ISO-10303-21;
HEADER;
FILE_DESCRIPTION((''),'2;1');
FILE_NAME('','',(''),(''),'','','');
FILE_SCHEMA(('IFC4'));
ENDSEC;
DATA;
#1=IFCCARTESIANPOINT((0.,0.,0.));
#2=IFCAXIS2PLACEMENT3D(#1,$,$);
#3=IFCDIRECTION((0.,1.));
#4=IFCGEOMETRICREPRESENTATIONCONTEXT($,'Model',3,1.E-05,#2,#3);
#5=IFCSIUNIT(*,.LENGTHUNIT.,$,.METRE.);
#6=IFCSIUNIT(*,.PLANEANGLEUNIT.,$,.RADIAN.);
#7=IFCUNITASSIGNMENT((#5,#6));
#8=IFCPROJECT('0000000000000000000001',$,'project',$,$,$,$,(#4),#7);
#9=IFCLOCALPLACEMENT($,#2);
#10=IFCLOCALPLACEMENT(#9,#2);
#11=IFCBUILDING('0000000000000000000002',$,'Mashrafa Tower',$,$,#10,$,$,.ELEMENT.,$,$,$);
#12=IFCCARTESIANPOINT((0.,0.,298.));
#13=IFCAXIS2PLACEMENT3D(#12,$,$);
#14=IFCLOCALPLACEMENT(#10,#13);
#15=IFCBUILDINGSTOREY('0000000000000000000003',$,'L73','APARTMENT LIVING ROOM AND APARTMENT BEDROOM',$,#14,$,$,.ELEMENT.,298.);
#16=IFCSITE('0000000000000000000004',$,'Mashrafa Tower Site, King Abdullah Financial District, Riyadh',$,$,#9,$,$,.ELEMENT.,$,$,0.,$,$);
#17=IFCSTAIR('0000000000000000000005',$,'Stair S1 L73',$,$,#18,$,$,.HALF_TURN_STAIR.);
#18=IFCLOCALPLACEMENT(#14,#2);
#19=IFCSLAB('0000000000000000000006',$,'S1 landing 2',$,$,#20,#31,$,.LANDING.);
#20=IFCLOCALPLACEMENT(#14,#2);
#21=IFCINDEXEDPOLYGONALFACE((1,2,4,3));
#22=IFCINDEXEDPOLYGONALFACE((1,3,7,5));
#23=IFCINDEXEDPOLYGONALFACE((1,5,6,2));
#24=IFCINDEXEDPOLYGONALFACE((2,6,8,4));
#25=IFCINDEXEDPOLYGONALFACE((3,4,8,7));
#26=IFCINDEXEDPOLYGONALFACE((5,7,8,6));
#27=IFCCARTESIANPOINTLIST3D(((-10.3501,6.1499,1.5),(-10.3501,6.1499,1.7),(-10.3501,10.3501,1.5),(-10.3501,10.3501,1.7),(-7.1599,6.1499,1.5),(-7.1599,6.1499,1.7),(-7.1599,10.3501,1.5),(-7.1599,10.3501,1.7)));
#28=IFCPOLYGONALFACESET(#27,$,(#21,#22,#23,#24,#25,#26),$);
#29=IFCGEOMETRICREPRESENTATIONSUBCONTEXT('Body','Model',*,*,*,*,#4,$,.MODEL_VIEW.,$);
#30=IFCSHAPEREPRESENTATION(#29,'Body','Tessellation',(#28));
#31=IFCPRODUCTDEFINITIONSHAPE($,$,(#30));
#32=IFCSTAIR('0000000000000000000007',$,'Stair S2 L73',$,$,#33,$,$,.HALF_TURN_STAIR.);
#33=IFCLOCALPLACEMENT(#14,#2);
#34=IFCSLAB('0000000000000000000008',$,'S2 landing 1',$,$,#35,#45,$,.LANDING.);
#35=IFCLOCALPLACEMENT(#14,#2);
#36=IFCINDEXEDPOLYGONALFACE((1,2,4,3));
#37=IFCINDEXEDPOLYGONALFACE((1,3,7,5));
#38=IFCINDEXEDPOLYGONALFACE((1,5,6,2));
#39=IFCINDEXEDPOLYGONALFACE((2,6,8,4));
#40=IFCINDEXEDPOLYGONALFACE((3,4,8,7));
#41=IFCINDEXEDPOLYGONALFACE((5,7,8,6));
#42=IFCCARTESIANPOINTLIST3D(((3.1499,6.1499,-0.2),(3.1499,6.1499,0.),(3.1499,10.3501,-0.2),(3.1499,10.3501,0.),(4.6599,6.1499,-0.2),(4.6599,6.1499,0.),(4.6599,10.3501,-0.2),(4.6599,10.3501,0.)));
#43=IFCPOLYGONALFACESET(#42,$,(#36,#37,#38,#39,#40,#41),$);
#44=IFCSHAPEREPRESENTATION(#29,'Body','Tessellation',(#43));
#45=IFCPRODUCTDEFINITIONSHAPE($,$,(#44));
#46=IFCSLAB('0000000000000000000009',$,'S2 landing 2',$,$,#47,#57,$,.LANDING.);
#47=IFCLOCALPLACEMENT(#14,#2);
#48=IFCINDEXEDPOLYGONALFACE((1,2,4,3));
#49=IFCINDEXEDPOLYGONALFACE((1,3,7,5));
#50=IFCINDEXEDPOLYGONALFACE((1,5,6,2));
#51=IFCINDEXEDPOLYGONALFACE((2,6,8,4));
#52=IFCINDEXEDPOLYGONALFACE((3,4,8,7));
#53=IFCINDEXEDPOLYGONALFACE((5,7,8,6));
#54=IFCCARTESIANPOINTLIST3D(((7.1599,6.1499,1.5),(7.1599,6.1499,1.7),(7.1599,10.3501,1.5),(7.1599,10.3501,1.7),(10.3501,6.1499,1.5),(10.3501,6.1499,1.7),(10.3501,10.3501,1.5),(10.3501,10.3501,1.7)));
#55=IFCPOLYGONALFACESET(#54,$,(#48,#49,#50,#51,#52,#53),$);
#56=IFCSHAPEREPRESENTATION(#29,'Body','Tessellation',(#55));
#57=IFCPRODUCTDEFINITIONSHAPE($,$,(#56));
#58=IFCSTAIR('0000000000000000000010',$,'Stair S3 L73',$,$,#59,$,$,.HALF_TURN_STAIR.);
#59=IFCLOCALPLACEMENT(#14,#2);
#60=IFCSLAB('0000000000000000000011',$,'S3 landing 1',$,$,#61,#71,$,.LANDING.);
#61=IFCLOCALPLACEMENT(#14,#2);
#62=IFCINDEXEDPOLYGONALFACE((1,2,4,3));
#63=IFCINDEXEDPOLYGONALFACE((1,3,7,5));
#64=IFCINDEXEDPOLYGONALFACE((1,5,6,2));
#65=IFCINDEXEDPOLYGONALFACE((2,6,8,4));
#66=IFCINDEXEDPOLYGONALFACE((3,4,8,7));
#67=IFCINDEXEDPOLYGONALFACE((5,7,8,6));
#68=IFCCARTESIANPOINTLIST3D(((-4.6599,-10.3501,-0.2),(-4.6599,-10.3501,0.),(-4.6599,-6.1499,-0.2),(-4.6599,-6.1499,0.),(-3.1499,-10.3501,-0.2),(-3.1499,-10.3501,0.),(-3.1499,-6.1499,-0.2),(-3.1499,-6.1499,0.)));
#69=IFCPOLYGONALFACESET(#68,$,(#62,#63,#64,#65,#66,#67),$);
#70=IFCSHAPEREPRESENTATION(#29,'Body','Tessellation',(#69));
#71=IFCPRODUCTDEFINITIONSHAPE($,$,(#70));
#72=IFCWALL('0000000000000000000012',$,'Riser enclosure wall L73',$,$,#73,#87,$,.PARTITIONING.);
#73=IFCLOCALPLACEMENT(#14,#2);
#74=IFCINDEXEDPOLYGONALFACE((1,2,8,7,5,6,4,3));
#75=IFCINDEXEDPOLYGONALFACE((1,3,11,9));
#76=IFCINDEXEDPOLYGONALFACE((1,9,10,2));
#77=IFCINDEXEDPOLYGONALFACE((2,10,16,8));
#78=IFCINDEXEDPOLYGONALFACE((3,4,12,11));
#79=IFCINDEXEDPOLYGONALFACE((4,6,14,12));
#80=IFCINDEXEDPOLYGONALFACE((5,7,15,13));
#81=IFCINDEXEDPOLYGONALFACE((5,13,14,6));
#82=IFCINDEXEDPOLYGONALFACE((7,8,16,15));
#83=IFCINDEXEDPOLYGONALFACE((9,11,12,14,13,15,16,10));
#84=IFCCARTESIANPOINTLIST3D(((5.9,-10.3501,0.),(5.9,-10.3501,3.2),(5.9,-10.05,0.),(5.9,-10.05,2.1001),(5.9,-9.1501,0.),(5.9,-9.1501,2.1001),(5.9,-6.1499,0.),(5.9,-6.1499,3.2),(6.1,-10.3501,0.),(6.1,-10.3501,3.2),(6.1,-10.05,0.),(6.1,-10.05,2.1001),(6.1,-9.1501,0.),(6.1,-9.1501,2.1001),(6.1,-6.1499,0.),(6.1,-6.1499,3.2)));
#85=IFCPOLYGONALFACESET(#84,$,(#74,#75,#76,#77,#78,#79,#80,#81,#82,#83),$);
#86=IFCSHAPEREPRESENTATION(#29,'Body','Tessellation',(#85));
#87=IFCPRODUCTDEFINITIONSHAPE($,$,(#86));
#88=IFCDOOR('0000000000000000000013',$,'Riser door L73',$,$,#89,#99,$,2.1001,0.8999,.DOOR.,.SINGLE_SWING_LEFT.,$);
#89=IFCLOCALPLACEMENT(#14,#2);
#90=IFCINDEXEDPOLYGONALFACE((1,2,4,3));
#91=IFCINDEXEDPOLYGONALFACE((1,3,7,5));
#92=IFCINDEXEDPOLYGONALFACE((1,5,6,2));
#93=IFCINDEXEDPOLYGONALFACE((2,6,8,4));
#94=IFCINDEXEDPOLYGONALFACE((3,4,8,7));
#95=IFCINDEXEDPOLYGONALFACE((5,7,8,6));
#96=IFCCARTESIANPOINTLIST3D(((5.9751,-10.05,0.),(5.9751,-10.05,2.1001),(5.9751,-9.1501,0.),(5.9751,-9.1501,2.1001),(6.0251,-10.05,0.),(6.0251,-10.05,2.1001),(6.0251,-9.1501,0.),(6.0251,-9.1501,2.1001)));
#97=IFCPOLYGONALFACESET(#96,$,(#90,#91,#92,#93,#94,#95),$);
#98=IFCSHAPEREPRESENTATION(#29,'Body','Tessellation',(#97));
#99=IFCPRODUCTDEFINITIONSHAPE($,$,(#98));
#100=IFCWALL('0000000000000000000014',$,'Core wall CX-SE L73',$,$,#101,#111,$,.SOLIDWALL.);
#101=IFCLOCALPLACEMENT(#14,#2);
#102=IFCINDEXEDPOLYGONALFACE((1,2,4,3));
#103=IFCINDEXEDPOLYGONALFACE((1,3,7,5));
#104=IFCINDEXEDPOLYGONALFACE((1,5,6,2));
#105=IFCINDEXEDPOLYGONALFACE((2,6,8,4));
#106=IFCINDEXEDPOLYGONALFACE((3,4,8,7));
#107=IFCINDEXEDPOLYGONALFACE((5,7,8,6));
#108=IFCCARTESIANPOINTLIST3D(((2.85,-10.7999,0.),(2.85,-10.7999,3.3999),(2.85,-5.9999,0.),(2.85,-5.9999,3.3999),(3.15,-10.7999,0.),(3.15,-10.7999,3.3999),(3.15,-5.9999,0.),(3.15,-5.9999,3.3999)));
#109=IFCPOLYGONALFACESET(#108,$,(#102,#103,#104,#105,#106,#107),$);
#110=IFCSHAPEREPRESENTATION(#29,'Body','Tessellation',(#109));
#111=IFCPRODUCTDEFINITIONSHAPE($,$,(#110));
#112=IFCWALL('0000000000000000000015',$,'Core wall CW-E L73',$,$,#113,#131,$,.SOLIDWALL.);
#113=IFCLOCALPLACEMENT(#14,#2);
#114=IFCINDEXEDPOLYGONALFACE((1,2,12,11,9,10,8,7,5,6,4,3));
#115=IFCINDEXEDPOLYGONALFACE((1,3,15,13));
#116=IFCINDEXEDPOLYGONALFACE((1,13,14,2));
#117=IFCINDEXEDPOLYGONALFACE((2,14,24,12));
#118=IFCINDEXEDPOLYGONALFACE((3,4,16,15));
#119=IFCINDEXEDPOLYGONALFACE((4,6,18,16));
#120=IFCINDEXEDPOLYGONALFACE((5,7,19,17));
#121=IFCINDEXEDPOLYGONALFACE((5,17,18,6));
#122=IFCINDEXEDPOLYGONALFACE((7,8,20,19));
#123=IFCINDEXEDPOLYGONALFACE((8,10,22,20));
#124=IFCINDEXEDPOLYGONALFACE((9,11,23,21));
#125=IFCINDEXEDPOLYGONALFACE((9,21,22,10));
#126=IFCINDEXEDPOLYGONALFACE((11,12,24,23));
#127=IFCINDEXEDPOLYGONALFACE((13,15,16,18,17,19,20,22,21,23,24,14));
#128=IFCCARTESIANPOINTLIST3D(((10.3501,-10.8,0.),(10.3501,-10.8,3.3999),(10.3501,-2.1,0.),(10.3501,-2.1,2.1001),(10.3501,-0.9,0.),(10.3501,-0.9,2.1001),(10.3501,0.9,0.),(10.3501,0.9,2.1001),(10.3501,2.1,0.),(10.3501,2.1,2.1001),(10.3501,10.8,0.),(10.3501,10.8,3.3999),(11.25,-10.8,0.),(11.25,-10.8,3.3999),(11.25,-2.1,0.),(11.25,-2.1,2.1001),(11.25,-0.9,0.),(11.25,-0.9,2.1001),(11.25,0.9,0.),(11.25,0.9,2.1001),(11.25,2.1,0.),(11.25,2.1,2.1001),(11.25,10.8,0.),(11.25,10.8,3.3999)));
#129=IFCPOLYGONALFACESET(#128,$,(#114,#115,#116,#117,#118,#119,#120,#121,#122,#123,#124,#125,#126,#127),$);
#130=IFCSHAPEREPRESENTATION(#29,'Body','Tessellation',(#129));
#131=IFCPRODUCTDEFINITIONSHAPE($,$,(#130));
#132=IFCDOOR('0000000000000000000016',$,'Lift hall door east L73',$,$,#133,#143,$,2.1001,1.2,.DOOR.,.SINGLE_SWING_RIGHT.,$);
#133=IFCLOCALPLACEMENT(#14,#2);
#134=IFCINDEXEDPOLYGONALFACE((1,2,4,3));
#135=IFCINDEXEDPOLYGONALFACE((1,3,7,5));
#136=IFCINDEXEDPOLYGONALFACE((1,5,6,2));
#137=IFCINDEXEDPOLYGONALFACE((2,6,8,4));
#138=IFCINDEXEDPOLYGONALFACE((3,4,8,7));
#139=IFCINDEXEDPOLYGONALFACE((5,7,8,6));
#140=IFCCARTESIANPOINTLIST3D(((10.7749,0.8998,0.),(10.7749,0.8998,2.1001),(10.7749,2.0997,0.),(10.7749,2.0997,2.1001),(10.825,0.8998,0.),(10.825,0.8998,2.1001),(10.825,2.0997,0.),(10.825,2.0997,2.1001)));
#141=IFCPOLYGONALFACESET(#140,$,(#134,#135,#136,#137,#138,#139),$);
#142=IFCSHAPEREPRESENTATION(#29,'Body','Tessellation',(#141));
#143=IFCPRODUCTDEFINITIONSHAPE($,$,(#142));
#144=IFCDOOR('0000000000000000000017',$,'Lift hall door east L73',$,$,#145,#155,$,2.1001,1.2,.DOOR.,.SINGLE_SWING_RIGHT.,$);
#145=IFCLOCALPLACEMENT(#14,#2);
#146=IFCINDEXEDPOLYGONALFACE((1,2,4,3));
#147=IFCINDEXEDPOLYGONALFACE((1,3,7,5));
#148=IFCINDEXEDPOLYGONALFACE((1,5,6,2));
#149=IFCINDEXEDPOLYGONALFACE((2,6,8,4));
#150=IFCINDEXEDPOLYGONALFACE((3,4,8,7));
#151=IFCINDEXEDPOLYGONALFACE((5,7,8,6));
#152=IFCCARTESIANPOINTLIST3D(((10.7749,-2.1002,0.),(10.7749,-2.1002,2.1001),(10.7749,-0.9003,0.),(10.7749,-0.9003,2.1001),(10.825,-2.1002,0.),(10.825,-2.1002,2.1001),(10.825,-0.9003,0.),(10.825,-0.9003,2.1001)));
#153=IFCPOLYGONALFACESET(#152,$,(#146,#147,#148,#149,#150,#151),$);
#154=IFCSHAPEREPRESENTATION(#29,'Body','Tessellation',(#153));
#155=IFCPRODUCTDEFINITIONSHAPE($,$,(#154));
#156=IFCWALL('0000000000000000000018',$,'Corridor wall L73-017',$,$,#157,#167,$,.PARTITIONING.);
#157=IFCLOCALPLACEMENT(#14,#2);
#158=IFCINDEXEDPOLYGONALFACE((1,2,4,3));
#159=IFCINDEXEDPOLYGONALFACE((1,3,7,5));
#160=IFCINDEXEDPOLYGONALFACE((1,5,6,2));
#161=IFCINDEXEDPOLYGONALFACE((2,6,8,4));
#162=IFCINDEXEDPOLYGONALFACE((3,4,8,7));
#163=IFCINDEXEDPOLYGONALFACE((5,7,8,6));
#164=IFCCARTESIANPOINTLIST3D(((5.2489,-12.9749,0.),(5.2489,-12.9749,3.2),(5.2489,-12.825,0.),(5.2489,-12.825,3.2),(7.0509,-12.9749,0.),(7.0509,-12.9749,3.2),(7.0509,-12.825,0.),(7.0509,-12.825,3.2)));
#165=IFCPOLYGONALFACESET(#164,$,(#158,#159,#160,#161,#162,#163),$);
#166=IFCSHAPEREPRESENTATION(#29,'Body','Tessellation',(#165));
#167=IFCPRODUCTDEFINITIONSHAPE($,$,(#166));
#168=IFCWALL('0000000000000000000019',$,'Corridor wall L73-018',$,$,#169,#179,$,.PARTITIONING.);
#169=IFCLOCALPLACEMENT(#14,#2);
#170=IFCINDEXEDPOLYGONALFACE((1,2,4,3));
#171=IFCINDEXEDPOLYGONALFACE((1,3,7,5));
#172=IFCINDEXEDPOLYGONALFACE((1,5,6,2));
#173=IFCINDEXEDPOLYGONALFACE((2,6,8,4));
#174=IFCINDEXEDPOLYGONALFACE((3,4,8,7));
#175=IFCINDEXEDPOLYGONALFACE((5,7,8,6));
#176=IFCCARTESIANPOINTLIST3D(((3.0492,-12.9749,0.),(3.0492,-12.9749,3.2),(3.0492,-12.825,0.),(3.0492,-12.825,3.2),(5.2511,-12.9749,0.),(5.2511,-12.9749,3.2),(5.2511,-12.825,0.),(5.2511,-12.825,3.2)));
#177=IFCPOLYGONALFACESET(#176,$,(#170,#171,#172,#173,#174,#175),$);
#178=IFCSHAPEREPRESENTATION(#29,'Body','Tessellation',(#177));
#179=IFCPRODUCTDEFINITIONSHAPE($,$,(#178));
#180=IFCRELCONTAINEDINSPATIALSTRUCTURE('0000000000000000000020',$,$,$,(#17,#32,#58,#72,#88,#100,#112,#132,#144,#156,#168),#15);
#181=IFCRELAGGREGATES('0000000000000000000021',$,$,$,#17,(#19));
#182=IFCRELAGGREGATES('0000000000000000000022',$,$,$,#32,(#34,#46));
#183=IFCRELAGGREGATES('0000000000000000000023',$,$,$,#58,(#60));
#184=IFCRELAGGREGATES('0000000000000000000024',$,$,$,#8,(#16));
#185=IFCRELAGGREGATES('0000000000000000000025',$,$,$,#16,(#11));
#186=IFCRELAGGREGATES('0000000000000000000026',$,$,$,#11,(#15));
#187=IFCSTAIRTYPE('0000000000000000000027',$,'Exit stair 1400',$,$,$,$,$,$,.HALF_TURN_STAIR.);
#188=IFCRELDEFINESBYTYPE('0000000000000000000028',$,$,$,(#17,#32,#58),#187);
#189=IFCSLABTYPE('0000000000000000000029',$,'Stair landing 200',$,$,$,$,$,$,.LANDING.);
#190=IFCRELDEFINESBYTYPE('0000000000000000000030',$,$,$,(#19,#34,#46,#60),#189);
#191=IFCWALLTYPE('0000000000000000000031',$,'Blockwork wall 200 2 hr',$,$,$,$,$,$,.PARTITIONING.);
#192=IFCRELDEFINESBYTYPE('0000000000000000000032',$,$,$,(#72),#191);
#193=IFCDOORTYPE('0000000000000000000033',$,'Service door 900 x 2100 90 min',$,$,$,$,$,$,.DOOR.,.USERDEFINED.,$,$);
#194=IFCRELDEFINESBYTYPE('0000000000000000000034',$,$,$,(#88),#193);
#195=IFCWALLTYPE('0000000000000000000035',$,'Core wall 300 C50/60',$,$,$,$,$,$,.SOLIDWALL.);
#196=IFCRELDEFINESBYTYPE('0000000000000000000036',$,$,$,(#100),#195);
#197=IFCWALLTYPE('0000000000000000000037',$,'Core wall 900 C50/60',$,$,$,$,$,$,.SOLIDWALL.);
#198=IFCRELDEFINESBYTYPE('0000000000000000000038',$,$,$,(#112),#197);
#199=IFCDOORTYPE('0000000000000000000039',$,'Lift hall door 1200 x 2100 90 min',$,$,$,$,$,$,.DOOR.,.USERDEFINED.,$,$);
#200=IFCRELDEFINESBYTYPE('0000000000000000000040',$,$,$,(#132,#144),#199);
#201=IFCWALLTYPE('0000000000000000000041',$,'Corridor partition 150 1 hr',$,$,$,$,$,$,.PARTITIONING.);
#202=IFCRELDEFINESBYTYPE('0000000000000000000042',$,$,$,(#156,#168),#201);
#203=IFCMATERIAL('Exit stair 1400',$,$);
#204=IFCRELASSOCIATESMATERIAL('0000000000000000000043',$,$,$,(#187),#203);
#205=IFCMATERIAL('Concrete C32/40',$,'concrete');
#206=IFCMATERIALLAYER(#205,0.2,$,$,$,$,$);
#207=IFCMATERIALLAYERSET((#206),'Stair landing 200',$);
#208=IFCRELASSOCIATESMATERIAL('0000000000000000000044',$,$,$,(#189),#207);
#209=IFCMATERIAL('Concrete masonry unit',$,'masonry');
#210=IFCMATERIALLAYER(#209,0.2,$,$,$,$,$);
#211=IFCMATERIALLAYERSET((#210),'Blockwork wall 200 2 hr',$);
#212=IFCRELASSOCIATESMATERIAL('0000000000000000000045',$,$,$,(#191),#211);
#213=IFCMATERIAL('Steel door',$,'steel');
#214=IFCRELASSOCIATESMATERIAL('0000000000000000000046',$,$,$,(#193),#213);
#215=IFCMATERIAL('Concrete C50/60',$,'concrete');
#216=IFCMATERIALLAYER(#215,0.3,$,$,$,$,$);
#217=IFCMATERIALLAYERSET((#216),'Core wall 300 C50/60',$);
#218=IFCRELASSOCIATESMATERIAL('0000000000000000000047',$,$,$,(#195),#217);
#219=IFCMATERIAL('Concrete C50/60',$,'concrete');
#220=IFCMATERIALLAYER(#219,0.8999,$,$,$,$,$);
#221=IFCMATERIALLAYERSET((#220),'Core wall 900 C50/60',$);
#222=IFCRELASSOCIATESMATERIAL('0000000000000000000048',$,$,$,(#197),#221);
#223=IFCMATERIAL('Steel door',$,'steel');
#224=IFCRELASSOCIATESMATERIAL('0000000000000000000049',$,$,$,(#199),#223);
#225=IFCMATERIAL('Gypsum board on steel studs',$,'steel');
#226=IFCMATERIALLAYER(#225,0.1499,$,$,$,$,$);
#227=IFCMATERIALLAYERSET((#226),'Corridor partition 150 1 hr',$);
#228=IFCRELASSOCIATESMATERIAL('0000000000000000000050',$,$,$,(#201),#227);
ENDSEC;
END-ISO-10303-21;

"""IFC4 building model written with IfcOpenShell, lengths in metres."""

from ifc_helpers import new_model, si_unit, direction, frame, frame_2d, origin, place, context, subcontext, project, spatial, polyline, rectangle, outline, extrude, material, layer, layer_set, type_object, element, fill, aggregate, save


model = new_model("IFC4")

# Units and contexts
model_context = context("Model", 3, precision=1e-05, world=origin(), true_north=direction((0.0, 1.0)))
body_context = subcontext(model_context, "Body", "Model", "MODEL_VIEW")
ifc_project = project(units=[si_unit("LENGTHUNIT", "METRE"), si_unit("PLANEANGLEUNIT", "RADIAN")], contexts=[model_context])

# Site, building, storey
site_placement = place(None, origin())
site = spatial("IfcSite", under=ifc_project, at=site_placement, Name="Mashrafa Tower Site, King Abdullah Financial District, Riyadh", CompositionType="ELEMENT", RefElevation=0.0)
building_placement = place(site_placement, origin())
building = spatial("IfcBuilding", under=site, at=building_placement, Name="Mashrafa Tower", CompositionType="ELEMENT")
storey_placement = place(building_placement, frame((0.0, 0.0, 298.0)))
storey = spatial("IfcBuildingStorey", under=building, at=storey_placement, Name="L73", Description="APARTMENT LIVING ROOM AND APARTMENT BEDROOM", CompositionType="ELEMENT", Elevation=298.0)

# Stairs, slabs
ifc_material_1 = material(Name="Exit stair 1400")
stair_type = type_object("IfcStairType", Name="Exit stair 1400", PredefinedType="HALF_TURN_STAIR", material=ifc_material_1)
stair_1_placement = place(storey_placement, origin())
stair_1 = element("IfcStair", 1, at=stair_1_placement, inside=storey, type_object=stair_type, Name="Stair S1 L73", PredefinedType="HALF_TURN_STAIR")
ifc_material_2 = material(Name="Concrete C32/40", Category="concrete")
ifc_layer_1 = layer(ifc_material_2, 0.2)
ifc_layer_set_1 = layer_set([ifc_layer_1], Name="Stair landing 200")
slab_type = type_object("IfcSlabType", Name="Stair landing 200", PredefinedType="LANDING", material=ifc_layer_set_1)
slab_1_placement = place(storey_placement, frame((0.0, 0.0, 1.5)))
slab_1 = element("IfcSlab", 2, at=slab_1_placement, type_object=slab_type, Name="S1 landing 2", PredefinedType="LANDING", context=body_context, shape_type="SweptSolid", body=[
    extrude(outline(polyline([(-10.3501, 6.1499), (-7.1599, 6.1499), (-7.1599, 10.3501), (-10.3501, 10.3501), (-10.3501, 6.1499)])), origin(), (0.0, 0.0, 1.0), 0.2),
])
aggregate(stair_1, [slab_1])
stair_2_placement = place(storey_placement, origin())
stair_2 = element("IfcStair", 3, at=stair_2_placement, inside=storey, type_object=stair_type, Name="Stair S2 L73", PredefinedType="HALF_TURN_STAIR")
slab_2_placement = place(storey_placement, frame((0.0, 0.0, -0.2)))
slab_2 = element("IfcSlab", 4, at=slab_2_placement, type_object=slab_type, Name="S2 landing 1", PredefinedType="LANDING", context=body_context, shape_type="SweptSolid", body=[
    extrude(outline(polyline([(3.1499, 6.1499), (4.6599, 6.1499), (4.6599, 10.3501), (3.1499, 10.3501), (3.1499, 6.1499)])), origin(), (0.0, 0.0, 1.0), 0.2),
])
slab_3_placement = place(storey_placement, frame((0.0, 0.0, 1.5)))
slab_3 = element("IfcSlab", 5, at=slab_3_placement, type_object=slab_type, Name="S2 landing 2", PredefinedType="LANDING", context=body_context, shape_type="SweptSolid", body=[
    extrude(outline(polyline([(7.1599, 6.1499), (10.3501, 6.1499), (10.3501, 10.3501), (7.1599, 10.3501), (7.1599, 6.1499)])), origin(), (0.0, 0.0, 1.0), 0.2),
])
aggregate(stair_2, [slab_2, slab_3])

# Stair, slab
stair_3_placement = place(storey_placement, origin())
stair_3 = element("IfcStair", 6, at=stair_3_placement, inside=storey, type_object=stair_type, Name="Stair S3 L73", PredefinedType="HALF_TURN_STAIR")
slab_4_placement = place(storey_placement, frame((0.0, 0.0, -0.2)))
slab_4 = element("IfcSlab", 7, at=slab_4_placement, type_object=slab_type, Name="S3 landing 1", PredefinedType="LANDING", context=body_context, shape_type="SweptSolid", body=[
    extrude(outline(polyline([(-4.6599, -10.3501), (-3.1499, -10.3501), (-3.1499, -6.1499), (-4.6599, -6.1499), (-4.6599, -10.3501)])), origin(), (0.0, 0.0, 1.0), 0.2),
])
aggregate(stair_3, [slab_4])

# Wall, opening, door
ifc_material_3 = material(Name="Concrete masonry unit", Category="masonry")
ifc_layer_2 = layer(ifc_material_3, 0.2)
ifc_layer_set_2 = layer_set([ifc_layer_2], Name="Blockwork wall 200 2 hr")
wall_type_1 = type_object("IfcWallType", Name="Blockwork wall 200 2 hr", PredefinedType="PARTITIONING", material=ifc_layer_set_2)
wall_1_placement = place(storey_placement, frame((6.0, -10.3501, 0.0), z_axis=(0.0, 0.0, 1.0), x_axis=(0.0, 1.0, 0.0)))
wall_1 = element("IfcWall", 8, at=wall_1_placement, inside=storey, type_object=wall_type_1, Name="Riser enclosure wall L73", PredefinedType="PARTITIONING", context=body_context, shape_type="SweptSolid", body=[
    extrude(rectangle(XDim=4.2002, YDim=0.2, at=frame_2d((2.1001, 0.0))), origin(), (0.0, 0.0, 1.0), 3.2),
])
opening_1_placement = place(wall_1_placement, frame((0.3, 0.0, 0.0)))
opening_1 = element("IfcOpeningElement", 9, at=opening_1_placement, cuts=wall_1, PredefinedType="OPENING", context=body_context, shape_type="SweptSolid", body=[
    extrude(rectangle(XDim=0.8999, YDim=2.1001, at=frame_2d((0.45, 1.05))), frame((0.0, 0.1099, 0.0), z_axis=(0.0, -1.0, 0.0), x_axis=(1.0, 0.0, 0.0)), (0.0, 0.0, 1.0), 0.22),
])
ifc_material_4 = material(Name="Steel door", Category="steel")
door_type_1 = type_object("IfcDoorType", Name="Service door 900 x 2100 90 min", OperationType="USERDEFINED", PredefinedType="DOOR", material=ifc_material_4)
door_1_placement = place(opening_1_placement, origin())
door_1 = element("IfcDoor", 10, at=door_1_placement, inside=storey, type_object=door_type_1, Name="Riser door L73", OperationType="SINGLE_SWING_LEFT", OverallHeight=2.1001, OverallWidth=0.8999, PredefinedType="DOOR", context=body_context, shape_type="SweptSolid", body=[
    extrude(rectangle(XDim=0.8999, YDim=2.1001, at=frame_2d((0.45, 1.05))), frame((0.0, 0.0249, 0.0), z_axis=(0.0, -1.0, 0.0), x_axis=(1.0, 0.0, 0.0)), (0.0, 0.0, 1.0), 0.05),
])
fill(opening_1, door_1)

# Wall
ifc_material_5 = material(Name="Concrete C50/60", Category="concrete")
ifc_layer_3 = layer(ifc_material_5, 0.3)
ifc_layer_set_3 = layer_set([ifc_layer_3], Name="Core wall 300 C50/60")
wall_type_2 = type_object("IfcWallType", Name="Core wall 300 C50/60", PredefinedType="SOLIDWALL", material=ifc_layer_set_3)
wall_2_placement = place(storey_placement, frame((3.0, -6.0, 0.0), z_axis=(0.0, 0.0, 1.0), x_axis=(0.0, -1.0, 0.0)))
element("IfcWall", 11, at=wall_2_placement, inside=storey, type_object=wall_type_2, Name="Core wall CX-SE L73", PredefinedType="SOLIDWALL", context=body_context, shape_type="SweptSolid", body=[
    extrude(rectangle(XDim=4.8, YDim=0.3, at=frame_2d((2.3999, 0.0))), origin(), (0.0, 0.0, 1.0), 3.3999),
])

# Wall, openings, doors
ifc_material_6 = material(Name="Concrete C50/60", Category="concrete")
ifc_layer_4 = layer(ifc_material_6, 0.8999)
ifc_layer_set_4 = layer_set([ifc_layer_4], Name="Core wall 900 C50/60")
wall_type_3 = type_object("IfcWallType", Name="Core wall 900 C50/60", PredefinedType="SOLIDWALL", material=ifc_layer_set_4)
wall_3_placement = place(storey_placement, frame((10.8, -10.8, 0.0), z_axis=(0.0, 0.0, 1.0), x_axis=(0.0, 1.0, 0.0)))
wall_3 = element("IfcWall", 12, at=wall_3_placement, inside=storey, type_object=wall_type_3, Name="Core wall CW-E L73", PredefinedType="SOLIDWALL", context=body_context, shape_type="SweptSolid", body=[
    extrude(rectangle(XDim=21.6001, YDim=0.8999, at=frame_2d((10.8, 0.0))), origin(), (0.0, 0.0, 1.0), 3.3999),
])
opening_2_placement = place(wall_3_placement, frame((11.7, 0.0, 0.0)))
opening_2 = element("IfcOpeningElement", 13, at=opening_2_placement, cuts=wall_3, PredefinedType="OPENING", context=body_context, shape_type="SweptSolid", body=[
    extrude(rectangle(XDim=1.2, YDim=2.1001, at=frame_2d((0.6001, 1.05))), frame((0.0, 0.46, 0.0), z_axis=(0.0, -1.0, 0.0), x_axis=(1.0, 0.0, 0.0)), (0.0, 0.0, 1.0), 0.9199),
])
opening_3_placement = place(wall_3_placement, frame((8.7, 0.0, 0.0)))
opening_3 = element("IfcOpeningElement", 14, at=opening_3_placement, cuts=wall_3, PredefinedType="OPENING", context=body_context, shape_type="SweptSolid", body=[
    extrude(rectangle(XDim=1.2, YDim=2.1001, at=frame_2d((0.6001, 1.05))), frame((0.0, 0.46, 0.0), z_axis=(0.0, -1.0, 0.0), x_axis=(1.0, 0.0, 0.0)), (0.0, 0.0, 1.0), 0.9199),
])
ifc_material_7 = material(Name="Steel door", Category="steel")
door_type_2 = type_object("IfcDoorType", Name="Lift hall door 1200 x 2100 90 min", OperationType="USERDEFINED", PredefinedType="DOOR", material=ifc_material_7)
door_2_placement = place(opening_2_placement, frame((1.2, 0.0, 0.0), z_axis=(0.0, 0.0, 1.0), x_axis=(-1.0, 0.0, 0.0)))
door_2 = element("IfcDoor", 15, at=door_2_placement, inside=storey, type_object=door_type_2, Name="Lift hall door east L73", OperationType="SINGLE_SWING_RIGHT", OverallHeight=2.1001, OverallWidth=1.2, PredefinedType="DOOR", context=body_context, shape_type="SweptSolid", body=[
    extrude(rectangle(XDim=1.2, YDim=2.1001, at=frame_2d((0.6001, 1.05))), frame((0.0, 0.0249, 0.0), z_axis=(0.0, -1.0, 0.0), x_axis=(1.0, 0.0, 0.0)), (0.0, 0.0, 1.0), 0.05),
])
fill(opening_2, door_2)
door_3_placement = place(opening_3_placement, frame((1.2, 0.0, 0.0), z_axis=(0.0, 0.0, 1.0), x_axis=(-1.0, 0.0, 0.0)))
door_3 = element("IfcDoor", 16, at=door_3_placement, inside=storey, type_object=door_type_2, Name="Lift hall door east L73", OperationType="SINGLE_SWING_RIGHT", OverallHeight=2.1001, OverallWidth=1.2, PredefinedType="DOOR", context=body_context, shape_type="SweptSolid", body=[
    extrude(rectangle(XDim=1.2, YDim=2.1001, at=frame_2d((0.6001, 1.05))), frame((0.0, 0.0249, 0.0), z_axis=(0.0, -1.0, 0.0), x_axis=(1.0, 0.0, 0.0)), (0.0, 0.0, 1.0), 0.05),
])
fill(opening_3, door_3)

# Walls
ifc_material_8 = material(Name="Gypsum board on steel studs", Category="steel")
ifc_layer_5 = layer(ifc_material_8, 0.1499)
ifc_layer_set_5 = layer_set([ifc_layer_5], Name="Corridor partition 150 1 hr")
wall_type_4 = type_object("IfcWallType", Name="Corridor partition 150 1 hr", PredefinedType="PARTITIONING", material=ifc_layer_set_5)
wall_4_placement = place(storey_placement, frame((5.249, -12.8999, 0.0), z_axis=(0.0, 0.0, 1.0), x_axis=(1.0, 0.0, 0.0)))
element("IfcWall", 17, at=wall_4_placement, inside=storey, type_object=wall_type_4, Name="Corridor wall L73-017", PredefinedType="PARTITIONING", context=body_context, shape_type="SweptSolid", body=[
    extrude(rectangle(XDim=1.802, YDim=0.1499, at=frame_2d((0.9009, 0.0))), origin(), (0.0, 0.0, 1.0), 3.2),
])
wall_5_placement = place(storey_placement, frame((3.0491, -12.8999, 0.0), z_axis=(0.0, 0.0, 1.0), x_axis=(1.0, 0.0, 0.0)))
element("IfcWall", 18, at=wall_5_placement, inside=storey, type_object=wall_type_4, Name="Corridor wall L73-018", PredefinedType="PARTITIONING", context=body_context, shape_type="SweptSolid", body=[
    extrude(rectangle(XDim=2.2019, YDim=0.1499, at=frame_2d((1.1011, 0.0))), origin(), (0.0, 0.0, 1.0), 3.2),
])

save(model, "model.ifc")
